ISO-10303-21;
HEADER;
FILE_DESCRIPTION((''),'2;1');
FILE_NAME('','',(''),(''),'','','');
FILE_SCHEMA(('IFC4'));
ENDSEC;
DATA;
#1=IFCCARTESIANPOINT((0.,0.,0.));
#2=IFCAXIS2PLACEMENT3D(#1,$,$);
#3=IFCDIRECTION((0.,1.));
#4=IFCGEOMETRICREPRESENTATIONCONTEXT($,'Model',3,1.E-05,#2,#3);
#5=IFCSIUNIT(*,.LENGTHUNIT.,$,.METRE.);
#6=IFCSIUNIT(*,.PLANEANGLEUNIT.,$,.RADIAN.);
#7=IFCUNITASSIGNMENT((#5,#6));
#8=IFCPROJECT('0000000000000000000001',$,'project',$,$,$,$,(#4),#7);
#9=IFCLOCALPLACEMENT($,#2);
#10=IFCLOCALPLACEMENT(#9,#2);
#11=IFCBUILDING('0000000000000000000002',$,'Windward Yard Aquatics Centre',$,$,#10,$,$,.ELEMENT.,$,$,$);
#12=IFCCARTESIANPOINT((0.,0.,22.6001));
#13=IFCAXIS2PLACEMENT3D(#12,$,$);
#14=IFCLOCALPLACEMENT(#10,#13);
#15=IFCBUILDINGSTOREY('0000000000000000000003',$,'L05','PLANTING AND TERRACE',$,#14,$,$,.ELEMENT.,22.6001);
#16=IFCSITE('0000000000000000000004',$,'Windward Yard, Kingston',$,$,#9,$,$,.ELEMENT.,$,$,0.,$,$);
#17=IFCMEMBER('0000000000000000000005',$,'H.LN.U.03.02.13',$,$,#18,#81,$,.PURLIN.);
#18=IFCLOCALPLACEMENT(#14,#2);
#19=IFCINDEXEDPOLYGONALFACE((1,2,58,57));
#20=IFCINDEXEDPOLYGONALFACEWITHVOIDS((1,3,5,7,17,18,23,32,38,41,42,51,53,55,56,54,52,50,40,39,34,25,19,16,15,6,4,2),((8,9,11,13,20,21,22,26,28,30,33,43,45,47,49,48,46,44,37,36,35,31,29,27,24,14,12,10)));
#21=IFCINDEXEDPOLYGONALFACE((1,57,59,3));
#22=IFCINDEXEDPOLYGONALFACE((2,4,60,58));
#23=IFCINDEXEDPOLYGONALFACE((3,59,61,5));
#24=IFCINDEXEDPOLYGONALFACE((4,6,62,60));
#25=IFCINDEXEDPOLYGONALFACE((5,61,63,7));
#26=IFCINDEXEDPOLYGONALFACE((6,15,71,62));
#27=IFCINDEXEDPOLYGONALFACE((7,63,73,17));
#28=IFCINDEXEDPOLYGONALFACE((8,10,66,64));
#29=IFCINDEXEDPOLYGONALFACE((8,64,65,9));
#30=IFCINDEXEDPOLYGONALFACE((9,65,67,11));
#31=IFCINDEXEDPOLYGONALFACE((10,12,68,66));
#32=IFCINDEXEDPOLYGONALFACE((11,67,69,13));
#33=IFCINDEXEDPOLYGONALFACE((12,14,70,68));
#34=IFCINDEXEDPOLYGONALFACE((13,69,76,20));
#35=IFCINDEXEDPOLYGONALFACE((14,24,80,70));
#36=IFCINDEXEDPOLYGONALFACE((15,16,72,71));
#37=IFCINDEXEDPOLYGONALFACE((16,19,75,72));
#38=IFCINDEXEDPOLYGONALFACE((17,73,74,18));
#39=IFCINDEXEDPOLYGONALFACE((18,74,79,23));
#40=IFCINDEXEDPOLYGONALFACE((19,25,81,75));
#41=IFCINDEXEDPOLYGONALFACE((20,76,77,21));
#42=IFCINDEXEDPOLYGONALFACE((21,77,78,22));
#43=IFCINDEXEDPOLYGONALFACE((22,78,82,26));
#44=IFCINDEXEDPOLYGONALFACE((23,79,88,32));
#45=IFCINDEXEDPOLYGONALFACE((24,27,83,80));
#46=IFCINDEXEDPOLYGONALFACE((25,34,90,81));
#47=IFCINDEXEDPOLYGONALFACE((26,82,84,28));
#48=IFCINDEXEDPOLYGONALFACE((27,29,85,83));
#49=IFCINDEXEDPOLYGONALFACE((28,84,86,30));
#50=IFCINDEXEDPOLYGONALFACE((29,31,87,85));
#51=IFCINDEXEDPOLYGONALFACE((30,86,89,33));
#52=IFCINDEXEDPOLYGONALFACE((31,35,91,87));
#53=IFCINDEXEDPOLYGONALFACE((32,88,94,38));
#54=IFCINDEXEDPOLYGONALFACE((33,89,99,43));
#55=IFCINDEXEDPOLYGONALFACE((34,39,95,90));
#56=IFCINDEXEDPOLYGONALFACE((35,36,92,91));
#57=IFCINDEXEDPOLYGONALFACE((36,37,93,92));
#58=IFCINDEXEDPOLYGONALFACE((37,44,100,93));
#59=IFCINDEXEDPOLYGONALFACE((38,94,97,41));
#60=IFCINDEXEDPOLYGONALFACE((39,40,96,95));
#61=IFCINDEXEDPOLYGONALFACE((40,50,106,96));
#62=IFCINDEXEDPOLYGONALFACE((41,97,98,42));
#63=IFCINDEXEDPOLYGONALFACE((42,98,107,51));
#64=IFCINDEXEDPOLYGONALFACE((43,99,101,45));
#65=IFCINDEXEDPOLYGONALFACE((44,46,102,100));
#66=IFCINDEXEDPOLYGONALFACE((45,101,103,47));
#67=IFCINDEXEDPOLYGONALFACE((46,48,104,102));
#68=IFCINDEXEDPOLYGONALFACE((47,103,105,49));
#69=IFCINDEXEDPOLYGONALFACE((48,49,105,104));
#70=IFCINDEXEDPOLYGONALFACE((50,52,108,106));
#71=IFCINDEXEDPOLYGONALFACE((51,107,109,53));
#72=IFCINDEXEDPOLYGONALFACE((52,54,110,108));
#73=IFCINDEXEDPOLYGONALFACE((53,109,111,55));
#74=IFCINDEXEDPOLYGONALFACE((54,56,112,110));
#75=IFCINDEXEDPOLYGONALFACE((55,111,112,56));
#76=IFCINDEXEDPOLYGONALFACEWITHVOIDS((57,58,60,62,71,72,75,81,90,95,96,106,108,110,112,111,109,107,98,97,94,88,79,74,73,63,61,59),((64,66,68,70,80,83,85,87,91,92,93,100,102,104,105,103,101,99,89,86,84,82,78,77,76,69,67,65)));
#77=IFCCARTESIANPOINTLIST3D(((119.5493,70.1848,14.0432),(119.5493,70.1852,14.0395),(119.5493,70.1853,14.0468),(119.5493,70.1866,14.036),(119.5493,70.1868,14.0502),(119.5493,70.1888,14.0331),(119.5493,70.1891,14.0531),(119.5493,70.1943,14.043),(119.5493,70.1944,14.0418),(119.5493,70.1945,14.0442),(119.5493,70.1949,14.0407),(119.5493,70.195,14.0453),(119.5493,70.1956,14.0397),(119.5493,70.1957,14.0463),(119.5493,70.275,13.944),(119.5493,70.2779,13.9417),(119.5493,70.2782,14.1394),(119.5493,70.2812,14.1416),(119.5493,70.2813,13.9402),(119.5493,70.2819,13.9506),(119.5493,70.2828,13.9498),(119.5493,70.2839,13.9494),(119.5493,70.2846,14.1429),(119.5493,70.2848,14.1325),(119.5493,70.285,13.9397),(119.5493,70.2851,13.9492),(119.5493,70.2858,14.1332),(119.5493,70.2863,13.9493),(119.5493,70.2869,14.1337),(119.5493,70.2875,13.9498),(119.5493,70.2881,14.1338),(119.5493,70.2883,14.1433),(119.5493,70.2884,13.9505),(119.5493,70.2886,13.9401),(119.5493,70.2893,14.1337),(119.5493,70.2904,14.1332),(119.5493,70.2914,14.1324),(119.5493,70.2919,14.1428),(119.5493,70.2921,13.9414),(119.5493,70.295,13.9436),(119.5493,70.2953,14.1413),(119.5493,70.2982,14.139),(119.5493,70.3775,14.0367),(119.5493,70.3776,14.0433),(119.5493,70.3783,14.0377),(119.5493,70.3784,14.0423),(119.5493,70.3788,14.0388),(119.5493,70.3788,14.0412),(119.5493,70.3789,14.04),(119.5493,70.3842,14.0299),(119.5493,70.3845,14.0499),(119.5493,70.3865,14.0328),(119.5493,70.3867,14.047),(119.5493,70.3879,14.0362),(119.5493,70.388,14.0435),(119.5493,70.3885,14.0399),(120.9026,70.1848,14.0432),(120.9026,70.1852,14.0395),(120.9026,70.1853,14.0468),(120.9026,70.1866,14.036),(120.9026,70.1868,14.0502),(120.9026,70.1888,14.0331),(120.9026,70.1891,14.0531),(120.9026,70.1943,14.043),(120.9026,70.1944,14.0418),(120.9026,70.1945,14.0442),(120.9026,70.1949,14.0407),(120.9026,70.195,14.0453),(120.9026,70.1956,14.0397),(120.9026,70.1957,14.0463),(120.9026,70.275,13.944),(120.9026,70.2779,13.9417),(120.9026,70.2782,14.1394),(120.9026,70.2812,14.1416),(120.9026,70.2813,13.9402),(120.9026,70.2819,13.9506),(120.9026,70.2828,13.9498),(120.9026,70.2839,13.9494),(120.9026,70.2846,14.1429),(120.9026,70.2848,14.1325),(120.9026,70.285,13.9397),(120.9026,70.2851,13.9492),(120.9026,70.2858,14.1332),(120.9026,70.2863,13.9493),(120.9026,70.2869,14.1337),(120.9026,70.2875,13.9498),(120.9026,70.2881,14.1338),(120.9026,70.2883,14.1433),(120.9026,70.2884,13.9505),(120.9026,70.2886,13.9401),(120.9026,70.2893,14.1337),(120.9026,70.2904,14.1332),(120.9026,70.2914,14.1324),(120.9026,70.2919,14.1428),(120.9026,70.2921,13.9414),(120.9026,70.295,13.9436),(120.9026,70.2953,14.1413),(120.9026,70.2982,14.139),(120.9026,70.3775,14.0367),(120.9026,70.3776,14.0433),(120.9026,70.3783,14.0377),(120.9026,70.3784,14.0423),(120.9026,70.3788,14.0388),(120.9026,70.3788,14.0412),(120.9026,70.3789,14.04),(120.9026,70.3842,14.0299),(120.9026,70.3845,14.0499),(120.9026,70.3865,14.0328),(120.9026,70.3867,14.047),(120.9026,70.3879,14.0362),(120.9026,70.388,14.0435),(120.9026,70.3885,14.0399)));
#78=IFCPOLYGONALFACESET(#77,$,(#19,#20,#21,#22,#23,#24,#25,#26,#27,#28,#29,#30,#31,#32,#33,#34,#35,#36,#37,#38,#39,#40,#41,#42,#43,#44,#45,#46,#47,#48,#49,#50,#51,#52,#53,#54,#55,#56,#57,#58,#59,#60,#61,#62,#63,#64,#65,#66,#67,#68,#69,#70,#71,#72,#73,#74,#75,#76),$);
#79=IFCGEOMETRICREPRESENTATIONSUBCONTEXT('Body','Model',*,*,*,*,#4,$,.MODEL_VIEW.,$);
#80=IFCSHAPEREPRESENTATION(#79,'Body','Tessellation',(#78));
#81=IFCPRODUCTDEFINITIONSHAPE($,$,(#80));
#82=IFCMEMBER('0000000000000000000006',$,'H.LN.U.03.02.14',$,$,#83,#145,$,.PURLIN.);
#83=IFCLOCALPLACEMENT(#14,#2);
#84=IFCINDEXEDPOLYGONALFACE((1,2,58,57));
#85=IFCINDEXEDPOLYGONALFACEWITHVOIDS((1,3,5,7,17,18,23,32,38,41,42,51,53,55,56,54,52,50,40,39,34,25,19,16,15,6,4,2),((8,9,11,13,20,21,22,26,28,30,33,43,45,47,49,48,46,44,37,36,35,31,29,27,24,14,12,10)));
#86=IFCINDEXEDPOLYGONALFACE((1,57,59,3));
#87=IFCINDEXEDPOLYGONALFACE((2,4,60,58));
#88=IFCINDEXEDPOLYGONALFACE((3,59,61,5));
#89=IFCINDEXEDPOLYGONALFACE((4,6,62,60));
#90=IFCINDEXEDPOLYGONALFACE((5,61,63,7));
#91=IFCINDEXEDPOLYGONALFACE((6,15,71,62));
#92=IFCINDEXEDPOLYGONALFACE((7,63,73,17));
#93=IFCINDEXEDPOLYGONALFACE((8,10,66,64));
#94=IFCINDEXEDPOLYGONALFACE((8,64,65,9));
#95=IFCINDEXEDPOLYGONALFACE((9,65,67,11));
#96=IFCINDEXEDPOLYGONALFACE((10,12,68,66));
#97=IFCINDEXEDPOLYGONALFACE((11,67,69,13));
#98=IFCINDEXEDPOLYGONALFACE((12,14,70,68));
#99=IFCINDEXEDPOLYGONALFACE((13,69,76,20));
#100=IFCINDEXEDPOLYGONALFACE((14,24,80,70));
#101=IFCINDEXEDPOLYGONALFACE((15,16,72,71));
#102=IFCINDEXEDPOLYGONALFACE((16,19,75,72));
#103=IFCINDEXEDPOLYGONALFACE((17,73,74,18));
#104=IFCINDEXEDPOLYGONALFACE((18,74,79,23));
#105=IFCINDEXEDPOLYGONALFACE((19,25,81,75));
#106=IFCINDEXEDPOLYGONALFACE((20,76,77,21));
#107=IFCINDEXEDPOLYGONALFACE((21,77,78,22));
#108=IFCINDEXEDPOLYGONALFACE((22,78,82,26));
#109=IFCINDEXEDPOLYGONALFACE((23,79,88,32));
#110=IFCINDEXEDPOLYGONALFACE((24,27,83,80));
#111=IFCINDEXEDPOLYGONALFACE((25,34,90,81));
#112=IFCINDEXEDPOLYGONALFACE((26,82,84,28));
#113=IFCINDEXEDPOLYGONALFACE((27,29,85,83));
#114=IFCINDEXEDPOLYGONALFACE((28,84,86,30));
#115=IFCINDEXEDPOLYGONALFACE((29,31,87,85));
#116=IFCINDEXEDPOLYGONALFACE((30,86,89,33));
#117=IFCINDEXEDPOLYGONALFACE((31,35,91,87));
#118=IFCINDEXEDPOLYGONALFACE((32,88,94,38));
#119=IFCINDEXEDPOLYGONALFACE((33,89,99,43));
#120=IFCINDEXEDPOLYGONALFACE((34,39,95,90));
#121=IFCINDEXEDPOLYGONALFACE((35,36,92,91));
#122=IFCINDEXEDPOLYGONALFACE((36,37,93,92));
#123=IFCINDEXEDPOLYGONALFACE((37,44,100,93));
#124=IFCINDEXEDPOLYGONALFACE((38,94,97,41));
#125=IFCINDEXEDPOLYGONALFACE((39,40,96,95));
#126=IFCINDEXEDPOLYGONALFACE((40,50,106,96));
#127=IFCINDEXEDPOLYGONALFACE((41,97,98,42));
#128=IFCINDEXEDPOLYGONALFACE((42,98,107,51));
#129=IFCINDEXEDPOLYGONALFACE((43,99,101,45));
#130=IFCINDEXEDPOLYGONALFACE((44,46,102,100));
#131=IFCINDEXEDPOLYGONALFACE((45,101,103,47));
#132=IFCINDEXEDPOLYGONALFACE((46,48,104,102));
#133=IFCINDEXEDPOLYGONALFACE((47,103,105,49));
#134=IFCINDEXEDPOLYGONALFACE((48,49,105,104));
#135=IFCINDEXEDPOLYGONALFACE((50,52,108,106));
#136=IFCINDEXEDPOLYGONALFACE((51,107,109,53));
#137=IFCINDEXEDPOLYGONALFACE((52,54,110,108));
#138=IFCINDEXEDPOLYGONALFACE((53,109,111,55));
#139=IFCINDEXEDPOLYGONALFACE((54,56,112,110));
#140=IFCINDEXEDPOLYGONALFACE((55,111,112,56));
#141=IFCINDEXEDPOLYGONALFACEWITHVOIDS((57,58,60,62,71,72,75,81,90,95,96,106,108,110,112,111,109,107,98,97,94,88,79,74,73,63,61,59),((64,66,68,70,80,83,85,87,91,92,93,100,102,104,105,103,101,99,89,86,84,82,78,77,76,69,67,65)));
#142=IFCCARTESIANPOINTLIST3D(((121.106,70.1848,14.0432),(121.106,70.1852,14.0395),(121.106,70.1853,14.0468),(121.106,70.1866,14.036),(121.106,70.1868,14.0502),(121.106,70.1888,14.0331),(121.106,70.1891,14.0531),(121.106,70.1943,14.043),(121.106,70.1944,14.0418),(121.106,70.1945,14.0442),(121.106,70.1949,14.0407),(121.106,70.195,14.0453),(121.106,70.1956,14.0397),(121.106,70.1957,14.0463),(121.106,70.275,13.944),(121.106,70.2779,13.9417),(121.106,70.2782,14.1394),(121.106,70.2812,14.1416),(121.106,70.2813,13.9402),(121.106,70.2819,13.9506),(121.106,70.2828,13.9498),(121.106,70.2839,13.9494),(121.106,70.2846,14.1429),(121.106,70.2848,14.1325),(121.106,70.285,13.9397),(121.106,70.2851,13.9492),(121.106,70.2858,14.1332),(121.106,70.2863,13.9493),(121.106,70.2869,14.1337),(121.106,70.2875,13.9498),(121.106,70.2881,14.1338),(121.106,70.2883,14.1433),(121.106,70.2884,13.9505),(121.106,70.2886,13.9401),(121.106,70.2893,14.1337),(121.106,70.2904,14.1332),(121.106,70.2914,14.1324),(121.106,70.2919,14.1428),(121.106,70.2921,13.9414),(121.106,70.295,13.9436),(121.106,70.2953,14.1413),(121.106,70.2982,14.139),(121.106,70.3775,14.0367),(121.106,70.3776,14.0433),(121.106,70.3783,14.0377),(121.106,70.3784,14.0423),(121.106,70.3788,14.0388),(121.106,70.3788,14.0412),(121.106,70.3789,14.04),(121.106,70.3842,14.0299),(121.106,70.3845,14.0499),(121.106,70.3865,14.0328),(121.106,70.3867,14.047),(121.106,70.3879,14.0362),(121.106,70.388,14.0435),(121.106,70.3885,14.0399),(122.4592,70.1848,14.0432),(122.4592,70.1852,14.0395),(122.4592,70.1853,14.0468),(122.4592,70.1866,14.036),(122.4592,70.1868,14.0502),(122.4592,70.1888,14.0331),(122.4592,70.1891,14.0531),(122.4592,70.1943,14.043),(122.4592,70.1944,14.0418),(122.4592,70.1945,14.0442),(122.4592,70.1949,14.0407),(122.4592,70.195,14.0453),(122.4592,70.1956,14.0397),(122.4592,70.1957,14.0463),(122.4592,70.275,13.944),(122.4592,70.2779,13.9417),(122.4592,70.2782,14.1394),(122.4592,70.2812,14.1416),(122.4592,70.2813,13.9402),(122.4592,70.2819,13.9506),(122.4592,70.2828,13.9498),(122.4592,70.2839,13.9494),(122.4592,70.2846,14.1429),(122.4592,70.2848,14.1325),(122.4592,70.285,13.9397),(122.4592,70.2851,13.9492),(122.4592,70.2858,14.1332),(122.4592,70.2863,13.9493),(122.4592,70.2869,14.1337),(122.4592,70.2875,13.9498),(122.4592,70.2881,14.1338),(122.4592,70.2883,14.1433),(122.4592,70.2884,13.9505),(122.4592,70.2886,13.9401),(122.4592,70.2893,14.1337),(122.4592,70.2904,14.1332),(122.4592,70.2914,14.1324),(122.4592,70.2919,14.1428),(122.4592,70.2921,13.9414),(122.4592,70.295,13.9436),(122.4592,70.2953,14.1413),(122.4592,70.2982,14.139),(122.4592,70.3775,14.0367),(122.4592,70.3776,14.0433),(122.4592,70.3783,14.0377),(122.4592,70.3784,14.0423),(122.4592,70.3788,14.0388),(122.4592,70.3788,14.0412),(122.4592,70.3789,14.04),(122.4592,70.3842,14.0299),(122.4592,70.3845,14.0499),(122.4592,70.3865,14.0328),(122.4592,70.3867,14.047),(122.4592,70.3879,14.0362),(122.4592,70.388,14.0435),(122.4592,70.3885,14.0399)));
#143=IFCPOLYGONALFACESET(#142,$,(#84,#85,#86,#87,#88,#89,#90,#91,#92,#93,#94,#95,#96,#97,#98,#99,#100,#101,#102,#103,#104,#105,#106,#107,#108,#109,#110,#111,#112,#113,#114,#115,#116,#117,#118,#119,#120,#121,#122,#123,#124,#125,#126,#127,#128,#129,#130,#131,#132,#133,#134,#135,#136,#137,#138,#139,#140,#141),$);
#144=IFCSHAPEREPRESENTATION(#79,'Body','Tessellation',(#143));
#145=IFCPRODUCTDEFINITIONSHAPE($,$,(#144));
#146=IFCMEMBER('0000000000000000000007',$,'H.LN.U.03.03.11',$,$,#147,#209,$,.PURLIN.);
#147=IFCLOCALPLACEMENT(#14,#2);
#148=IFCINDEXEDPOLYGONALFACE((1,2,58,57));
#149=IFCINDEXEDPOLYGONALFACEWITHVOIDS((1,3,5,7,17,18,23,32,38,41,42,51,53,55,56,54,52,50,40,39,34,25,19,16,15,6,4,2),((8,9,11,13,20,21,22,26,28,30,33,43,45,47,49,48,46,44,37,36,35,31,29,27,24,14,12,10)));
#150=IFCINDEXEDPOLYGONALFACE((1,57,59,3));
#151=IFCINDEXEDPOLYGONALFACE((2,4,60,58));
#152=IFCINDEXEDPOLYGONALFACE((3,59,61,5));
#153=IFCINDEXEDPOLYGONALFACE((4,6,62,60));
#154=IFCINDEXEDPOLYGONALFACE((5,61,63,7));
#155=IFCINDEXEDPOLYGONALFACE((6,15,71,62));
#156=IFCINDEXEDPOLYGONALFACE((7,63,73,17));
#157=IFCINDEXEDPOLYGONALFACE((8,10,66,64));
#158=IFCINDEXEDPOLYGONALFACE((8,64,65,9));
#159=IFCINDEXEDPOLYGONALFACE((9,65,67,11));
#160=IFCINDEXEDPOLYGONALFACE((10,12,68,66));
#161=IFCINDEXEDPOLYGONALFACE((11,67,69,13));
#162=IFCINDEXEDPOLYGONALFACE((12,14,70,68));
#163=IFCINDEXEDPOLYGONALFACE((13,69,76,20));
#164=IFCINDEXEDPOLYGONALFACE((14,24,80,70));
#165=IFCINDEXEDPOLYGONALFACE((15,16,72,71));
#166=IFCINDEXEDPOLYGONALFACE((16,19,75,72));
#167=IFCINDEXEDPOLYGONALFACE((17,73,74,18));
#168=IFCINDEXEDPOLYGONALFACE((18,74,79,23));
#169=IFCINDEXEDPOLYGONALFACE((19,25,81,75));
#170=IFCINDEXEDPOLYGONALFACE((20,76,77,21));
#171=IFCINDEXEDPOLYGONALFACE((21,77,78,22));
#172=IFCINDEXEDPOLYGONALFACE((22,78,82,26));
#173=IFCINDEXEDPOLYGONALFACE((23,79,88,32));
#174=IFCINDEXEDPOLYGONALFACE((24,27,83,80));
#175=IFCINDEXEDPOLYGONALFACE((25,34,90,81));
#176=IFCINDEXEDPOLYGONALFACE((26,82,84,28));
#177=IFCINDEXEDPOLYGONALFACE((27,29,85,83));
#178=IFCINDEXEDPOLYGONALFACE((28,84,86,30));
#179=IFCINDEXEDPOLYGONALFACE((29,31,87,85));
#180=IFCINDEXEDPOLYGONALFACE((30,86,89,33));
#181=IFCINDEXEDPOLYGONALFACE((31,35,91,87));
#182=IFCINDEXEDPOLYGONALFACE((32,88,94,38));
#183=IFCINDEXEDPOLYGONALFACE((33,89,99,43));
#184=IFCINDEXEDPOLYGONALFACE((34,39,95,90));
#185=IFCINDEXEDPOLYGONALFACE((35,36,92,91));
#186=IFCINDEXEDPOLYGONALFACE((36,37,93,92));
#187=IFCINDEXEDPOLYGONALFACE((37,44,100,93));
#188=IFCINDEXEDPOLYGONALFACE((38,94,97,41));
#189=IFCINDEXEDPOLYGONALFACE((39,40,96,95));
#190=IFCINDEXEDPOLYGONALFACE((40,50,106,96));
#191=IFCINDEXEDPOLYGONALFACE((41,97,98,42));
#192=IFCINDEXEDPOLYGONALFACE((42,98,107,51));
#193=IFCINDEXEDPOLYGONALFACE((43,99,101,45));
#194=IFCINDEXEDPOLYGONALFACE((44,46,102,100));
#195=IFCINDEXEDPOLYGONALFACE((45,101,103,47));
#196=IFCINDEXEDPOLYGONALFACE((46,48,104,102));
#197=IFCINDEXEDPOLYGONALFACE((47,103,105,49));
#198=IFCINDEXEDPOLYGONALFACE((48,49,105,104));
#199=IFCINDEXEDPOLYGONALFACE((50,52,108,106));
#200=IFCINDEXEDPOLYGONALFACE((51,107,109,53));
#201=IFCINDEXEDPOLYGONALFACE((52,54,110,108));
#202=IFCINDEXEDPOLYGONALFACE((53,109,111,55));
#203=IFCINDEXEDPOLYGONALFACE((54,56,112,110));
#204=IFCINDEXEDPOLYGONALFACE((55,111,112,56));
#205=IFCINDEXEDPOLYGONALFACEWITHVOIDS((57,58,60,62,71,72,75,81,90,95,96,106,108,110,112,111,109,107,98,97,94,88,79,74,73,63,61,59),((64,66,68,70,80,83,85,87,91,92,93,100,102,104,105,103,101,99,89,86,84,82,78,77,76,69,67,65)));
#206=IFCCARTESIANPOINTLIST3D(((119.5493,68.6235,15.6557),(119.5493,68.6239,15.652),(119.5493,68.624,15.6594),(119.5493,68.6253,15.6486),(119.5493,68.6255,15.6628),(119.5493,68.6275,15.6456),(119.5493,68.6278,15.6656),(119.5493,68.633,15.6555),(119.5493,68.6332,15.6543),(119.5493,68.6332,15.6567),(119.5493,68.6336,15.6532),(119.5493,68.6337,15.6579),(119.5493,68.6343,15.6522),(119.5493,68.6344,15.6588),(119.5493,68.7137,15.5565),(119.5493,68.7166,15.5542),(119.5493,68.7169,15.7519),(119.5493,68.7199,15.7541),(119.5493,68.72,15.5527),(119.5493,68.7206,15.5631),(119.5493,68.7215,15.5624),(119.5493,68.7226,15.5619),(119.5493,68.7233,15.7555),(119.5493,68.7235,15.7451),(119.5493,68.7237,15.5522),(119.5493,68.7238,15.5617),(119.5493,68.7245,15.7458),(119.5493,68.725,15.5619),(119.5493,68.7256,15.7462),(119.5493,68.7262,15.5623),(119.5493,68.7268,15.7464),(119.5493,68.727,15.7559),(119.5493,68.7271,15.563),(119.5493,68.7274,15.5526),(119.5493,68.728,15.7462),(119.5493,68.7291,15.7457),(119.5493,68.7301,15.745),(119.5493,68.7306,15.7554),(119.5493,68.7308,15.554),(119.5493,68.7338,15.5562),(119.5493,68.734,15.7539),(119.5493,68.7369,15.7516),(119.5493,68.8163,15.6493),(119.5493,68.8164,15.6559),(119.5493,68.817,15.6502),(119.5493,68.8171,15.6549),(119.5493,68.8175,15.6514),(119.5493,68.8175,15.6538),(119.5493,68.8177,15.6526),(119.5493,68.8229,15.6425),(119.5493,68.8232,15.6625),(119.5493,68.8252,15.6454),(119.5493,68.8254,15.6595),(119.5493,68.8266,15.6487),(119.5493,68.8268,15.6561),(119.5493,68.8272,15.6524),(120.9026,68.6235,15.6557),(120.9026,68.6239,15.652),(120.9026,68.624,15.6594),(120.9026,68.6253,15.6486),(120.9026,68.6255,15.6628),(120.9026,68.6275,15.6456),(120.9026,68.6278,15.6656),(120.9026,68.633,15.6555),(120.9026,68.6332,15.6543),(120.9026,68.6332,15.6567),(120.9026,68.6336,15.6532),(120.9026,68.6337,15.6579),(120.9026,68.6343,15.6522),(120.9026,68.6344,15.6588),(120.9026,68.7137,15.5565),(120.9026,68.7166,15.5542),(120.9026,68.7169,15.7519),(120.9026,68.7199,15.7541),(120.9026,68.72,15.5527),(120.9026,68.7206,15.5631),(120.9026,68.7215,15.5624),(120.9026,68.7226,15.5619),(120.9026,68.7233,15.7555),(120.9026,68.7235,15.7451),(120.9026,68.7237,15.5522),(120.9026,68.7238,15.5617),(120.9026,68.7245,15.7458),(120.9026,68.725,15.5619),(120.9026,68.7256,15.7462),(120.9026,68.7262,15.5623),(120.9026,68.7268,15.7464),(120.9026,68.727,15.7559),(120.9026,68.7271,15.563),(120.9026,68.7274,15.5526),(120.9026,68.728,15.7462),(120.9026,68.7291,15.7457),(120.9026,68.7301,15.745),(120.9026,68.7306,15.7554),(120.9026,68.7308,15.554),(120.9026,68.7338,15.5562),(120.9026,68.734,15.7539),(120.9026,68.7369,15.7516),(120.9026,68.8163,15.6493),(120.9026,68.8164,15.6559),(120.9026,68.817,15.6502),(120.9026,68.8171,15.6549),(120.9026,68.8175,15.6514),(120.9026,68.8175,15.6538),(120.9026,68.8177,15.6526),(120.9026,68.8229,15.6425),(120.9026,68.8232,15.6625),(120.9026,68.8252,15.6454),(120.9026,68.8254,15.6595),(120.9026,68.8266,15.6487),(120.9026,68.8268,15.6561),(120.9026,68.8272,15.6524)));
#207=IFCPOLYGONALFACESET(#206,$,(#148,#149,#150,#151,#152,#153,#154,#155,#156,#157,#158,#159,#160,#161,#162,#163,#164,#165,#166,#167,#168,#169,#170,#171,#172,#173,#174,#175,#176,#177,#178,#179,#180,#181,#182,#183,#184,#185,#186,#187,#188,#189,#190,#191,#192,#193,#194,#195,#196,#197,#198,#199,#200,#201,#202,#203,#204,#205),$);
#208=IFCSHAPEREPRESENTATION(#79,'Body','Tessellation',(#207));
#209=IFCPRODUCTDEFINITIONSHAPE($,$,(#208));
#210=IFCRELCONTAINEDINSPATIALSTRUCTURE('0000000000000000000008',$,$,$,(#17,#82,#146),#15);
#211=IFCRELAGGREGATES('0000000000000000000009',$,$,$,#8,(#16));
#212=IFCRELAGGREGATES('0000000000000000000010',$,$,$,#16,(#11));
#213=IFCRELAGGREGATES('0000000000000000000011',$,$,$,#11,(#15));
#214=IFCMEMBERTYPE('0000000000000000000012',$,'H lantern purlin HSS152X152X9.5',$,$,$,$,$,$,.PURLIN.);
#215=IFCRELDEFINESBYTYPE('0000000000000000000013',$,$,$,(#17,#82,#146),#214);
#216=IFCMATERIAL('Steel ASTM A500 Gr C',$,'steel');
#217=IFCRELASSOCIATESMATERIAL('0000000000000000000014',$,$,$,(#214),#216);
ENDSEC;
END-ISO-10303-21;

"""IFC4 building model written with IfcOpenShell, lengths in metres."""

from ifc_helpers import new_model, si_unit, direction, frame, origin, origin_2d, place, context, subcontext, project, spatial, hollow_rectangle, extrude, material, material_profile, profile_set, type_object, element, save


model = new_model("IFC4")

# Units and contexts
model_context = context("Model", 3, precision=1e-05, world=origin(), true_north=direction((0.0, 1.0)))
body_context = subcontext(model_context, "Body", "Model", "MODEL_VIEW")
ifc_project = project(units=[si_unit("LENGTHUNIT", "METRE"), si_unit("PLANEANGLEUNIT", "RADIAN")], contexts=[model_context])

# Site, building, storey
site_placement = place(None, origin())
site = spatial("IfcSite", under=ifc_project, at=site_placement, Name="Windward Yard, Kingston", CompositionType="ELEMENT", RefElevation=0.0)
building_placement = place(site_placement, origin())
building = spatial("IfcBuilding", under=site, at=building_placement, Name="Windward Yard Aquatics Centre", CompositionType="ELEMENT")
storey_placement = place(building_placement, frame((0.0, 0.0, 22.6001)))
storey = spatial("IfcBuildingStorey", under=building, at=storey_placement, Name="L05", Description="PLANTING AND TERRACE", CompositionType="ELEMENT", Elevation=22.6001)

# Members
ifc_material_1 = material(Name="Steel ASTM A500 Gr C", Category="steel")
ifc_material_profile_1 = material_profile(ifc_material_1, hollow_rectangle(XDim=0.1523, YDim=0.1523, WallThickness=0.0095, InnerFilletRadius=0.0046, OuterFilletRadius=0.0142, at=origin_2d()), Name="HSS152X152X9.5")
ifc_profile_set_1 = profile_set([ifc_material_profile_1], Name="Steel ASTM A500 Gr C")
member_type_1 = type_object("IfcMemberType", Name="H lantern purlin HSS152X152X9.5", PredefinedType="PURLIN", material=ifc_profile_set_1)
for number, where, z_axis, x_axis, name in (
    (1, (119.5493, 70.2866, 14.0415), (1.0, 0.0, 0.0), (0.0, 0.69555, -0.718477), "H.LN.U.03.02.13"),
    (2, (121.106, 70.2866, 14.0415), (1.0, 0.0, 0.0), (0.0, 0.69555, -0.718477), "H.LN.U.03.02.14"),
    (3, (119.5493, 68.7253, 15.6541), (1.0, 0.0, 0.0), (0.0, 0.69555, -0.718477), "H.LN.U.03.03.11"),
):
    element("IfcMember", number, at=place(storey_placement, frame(where, z_axis=z_axis, x_axis=x_axis)), inside=storey, type_object=member_type_1, Name=name, PredefinedType="PURLIN", context=body_context, shape_type="SweptSolid", body=[
        extrude(hollow_rectangle(XDim=0.1523, YDim=0.1523, WallThickness=0.0095, InnerFilletRadius=0.0046, OuterFilletRadius=0.0142, at=origin_2d()), origin(), (0.0, 0.0, 1.0), 1.3533),
    ])

save(model, "model.ifc")
